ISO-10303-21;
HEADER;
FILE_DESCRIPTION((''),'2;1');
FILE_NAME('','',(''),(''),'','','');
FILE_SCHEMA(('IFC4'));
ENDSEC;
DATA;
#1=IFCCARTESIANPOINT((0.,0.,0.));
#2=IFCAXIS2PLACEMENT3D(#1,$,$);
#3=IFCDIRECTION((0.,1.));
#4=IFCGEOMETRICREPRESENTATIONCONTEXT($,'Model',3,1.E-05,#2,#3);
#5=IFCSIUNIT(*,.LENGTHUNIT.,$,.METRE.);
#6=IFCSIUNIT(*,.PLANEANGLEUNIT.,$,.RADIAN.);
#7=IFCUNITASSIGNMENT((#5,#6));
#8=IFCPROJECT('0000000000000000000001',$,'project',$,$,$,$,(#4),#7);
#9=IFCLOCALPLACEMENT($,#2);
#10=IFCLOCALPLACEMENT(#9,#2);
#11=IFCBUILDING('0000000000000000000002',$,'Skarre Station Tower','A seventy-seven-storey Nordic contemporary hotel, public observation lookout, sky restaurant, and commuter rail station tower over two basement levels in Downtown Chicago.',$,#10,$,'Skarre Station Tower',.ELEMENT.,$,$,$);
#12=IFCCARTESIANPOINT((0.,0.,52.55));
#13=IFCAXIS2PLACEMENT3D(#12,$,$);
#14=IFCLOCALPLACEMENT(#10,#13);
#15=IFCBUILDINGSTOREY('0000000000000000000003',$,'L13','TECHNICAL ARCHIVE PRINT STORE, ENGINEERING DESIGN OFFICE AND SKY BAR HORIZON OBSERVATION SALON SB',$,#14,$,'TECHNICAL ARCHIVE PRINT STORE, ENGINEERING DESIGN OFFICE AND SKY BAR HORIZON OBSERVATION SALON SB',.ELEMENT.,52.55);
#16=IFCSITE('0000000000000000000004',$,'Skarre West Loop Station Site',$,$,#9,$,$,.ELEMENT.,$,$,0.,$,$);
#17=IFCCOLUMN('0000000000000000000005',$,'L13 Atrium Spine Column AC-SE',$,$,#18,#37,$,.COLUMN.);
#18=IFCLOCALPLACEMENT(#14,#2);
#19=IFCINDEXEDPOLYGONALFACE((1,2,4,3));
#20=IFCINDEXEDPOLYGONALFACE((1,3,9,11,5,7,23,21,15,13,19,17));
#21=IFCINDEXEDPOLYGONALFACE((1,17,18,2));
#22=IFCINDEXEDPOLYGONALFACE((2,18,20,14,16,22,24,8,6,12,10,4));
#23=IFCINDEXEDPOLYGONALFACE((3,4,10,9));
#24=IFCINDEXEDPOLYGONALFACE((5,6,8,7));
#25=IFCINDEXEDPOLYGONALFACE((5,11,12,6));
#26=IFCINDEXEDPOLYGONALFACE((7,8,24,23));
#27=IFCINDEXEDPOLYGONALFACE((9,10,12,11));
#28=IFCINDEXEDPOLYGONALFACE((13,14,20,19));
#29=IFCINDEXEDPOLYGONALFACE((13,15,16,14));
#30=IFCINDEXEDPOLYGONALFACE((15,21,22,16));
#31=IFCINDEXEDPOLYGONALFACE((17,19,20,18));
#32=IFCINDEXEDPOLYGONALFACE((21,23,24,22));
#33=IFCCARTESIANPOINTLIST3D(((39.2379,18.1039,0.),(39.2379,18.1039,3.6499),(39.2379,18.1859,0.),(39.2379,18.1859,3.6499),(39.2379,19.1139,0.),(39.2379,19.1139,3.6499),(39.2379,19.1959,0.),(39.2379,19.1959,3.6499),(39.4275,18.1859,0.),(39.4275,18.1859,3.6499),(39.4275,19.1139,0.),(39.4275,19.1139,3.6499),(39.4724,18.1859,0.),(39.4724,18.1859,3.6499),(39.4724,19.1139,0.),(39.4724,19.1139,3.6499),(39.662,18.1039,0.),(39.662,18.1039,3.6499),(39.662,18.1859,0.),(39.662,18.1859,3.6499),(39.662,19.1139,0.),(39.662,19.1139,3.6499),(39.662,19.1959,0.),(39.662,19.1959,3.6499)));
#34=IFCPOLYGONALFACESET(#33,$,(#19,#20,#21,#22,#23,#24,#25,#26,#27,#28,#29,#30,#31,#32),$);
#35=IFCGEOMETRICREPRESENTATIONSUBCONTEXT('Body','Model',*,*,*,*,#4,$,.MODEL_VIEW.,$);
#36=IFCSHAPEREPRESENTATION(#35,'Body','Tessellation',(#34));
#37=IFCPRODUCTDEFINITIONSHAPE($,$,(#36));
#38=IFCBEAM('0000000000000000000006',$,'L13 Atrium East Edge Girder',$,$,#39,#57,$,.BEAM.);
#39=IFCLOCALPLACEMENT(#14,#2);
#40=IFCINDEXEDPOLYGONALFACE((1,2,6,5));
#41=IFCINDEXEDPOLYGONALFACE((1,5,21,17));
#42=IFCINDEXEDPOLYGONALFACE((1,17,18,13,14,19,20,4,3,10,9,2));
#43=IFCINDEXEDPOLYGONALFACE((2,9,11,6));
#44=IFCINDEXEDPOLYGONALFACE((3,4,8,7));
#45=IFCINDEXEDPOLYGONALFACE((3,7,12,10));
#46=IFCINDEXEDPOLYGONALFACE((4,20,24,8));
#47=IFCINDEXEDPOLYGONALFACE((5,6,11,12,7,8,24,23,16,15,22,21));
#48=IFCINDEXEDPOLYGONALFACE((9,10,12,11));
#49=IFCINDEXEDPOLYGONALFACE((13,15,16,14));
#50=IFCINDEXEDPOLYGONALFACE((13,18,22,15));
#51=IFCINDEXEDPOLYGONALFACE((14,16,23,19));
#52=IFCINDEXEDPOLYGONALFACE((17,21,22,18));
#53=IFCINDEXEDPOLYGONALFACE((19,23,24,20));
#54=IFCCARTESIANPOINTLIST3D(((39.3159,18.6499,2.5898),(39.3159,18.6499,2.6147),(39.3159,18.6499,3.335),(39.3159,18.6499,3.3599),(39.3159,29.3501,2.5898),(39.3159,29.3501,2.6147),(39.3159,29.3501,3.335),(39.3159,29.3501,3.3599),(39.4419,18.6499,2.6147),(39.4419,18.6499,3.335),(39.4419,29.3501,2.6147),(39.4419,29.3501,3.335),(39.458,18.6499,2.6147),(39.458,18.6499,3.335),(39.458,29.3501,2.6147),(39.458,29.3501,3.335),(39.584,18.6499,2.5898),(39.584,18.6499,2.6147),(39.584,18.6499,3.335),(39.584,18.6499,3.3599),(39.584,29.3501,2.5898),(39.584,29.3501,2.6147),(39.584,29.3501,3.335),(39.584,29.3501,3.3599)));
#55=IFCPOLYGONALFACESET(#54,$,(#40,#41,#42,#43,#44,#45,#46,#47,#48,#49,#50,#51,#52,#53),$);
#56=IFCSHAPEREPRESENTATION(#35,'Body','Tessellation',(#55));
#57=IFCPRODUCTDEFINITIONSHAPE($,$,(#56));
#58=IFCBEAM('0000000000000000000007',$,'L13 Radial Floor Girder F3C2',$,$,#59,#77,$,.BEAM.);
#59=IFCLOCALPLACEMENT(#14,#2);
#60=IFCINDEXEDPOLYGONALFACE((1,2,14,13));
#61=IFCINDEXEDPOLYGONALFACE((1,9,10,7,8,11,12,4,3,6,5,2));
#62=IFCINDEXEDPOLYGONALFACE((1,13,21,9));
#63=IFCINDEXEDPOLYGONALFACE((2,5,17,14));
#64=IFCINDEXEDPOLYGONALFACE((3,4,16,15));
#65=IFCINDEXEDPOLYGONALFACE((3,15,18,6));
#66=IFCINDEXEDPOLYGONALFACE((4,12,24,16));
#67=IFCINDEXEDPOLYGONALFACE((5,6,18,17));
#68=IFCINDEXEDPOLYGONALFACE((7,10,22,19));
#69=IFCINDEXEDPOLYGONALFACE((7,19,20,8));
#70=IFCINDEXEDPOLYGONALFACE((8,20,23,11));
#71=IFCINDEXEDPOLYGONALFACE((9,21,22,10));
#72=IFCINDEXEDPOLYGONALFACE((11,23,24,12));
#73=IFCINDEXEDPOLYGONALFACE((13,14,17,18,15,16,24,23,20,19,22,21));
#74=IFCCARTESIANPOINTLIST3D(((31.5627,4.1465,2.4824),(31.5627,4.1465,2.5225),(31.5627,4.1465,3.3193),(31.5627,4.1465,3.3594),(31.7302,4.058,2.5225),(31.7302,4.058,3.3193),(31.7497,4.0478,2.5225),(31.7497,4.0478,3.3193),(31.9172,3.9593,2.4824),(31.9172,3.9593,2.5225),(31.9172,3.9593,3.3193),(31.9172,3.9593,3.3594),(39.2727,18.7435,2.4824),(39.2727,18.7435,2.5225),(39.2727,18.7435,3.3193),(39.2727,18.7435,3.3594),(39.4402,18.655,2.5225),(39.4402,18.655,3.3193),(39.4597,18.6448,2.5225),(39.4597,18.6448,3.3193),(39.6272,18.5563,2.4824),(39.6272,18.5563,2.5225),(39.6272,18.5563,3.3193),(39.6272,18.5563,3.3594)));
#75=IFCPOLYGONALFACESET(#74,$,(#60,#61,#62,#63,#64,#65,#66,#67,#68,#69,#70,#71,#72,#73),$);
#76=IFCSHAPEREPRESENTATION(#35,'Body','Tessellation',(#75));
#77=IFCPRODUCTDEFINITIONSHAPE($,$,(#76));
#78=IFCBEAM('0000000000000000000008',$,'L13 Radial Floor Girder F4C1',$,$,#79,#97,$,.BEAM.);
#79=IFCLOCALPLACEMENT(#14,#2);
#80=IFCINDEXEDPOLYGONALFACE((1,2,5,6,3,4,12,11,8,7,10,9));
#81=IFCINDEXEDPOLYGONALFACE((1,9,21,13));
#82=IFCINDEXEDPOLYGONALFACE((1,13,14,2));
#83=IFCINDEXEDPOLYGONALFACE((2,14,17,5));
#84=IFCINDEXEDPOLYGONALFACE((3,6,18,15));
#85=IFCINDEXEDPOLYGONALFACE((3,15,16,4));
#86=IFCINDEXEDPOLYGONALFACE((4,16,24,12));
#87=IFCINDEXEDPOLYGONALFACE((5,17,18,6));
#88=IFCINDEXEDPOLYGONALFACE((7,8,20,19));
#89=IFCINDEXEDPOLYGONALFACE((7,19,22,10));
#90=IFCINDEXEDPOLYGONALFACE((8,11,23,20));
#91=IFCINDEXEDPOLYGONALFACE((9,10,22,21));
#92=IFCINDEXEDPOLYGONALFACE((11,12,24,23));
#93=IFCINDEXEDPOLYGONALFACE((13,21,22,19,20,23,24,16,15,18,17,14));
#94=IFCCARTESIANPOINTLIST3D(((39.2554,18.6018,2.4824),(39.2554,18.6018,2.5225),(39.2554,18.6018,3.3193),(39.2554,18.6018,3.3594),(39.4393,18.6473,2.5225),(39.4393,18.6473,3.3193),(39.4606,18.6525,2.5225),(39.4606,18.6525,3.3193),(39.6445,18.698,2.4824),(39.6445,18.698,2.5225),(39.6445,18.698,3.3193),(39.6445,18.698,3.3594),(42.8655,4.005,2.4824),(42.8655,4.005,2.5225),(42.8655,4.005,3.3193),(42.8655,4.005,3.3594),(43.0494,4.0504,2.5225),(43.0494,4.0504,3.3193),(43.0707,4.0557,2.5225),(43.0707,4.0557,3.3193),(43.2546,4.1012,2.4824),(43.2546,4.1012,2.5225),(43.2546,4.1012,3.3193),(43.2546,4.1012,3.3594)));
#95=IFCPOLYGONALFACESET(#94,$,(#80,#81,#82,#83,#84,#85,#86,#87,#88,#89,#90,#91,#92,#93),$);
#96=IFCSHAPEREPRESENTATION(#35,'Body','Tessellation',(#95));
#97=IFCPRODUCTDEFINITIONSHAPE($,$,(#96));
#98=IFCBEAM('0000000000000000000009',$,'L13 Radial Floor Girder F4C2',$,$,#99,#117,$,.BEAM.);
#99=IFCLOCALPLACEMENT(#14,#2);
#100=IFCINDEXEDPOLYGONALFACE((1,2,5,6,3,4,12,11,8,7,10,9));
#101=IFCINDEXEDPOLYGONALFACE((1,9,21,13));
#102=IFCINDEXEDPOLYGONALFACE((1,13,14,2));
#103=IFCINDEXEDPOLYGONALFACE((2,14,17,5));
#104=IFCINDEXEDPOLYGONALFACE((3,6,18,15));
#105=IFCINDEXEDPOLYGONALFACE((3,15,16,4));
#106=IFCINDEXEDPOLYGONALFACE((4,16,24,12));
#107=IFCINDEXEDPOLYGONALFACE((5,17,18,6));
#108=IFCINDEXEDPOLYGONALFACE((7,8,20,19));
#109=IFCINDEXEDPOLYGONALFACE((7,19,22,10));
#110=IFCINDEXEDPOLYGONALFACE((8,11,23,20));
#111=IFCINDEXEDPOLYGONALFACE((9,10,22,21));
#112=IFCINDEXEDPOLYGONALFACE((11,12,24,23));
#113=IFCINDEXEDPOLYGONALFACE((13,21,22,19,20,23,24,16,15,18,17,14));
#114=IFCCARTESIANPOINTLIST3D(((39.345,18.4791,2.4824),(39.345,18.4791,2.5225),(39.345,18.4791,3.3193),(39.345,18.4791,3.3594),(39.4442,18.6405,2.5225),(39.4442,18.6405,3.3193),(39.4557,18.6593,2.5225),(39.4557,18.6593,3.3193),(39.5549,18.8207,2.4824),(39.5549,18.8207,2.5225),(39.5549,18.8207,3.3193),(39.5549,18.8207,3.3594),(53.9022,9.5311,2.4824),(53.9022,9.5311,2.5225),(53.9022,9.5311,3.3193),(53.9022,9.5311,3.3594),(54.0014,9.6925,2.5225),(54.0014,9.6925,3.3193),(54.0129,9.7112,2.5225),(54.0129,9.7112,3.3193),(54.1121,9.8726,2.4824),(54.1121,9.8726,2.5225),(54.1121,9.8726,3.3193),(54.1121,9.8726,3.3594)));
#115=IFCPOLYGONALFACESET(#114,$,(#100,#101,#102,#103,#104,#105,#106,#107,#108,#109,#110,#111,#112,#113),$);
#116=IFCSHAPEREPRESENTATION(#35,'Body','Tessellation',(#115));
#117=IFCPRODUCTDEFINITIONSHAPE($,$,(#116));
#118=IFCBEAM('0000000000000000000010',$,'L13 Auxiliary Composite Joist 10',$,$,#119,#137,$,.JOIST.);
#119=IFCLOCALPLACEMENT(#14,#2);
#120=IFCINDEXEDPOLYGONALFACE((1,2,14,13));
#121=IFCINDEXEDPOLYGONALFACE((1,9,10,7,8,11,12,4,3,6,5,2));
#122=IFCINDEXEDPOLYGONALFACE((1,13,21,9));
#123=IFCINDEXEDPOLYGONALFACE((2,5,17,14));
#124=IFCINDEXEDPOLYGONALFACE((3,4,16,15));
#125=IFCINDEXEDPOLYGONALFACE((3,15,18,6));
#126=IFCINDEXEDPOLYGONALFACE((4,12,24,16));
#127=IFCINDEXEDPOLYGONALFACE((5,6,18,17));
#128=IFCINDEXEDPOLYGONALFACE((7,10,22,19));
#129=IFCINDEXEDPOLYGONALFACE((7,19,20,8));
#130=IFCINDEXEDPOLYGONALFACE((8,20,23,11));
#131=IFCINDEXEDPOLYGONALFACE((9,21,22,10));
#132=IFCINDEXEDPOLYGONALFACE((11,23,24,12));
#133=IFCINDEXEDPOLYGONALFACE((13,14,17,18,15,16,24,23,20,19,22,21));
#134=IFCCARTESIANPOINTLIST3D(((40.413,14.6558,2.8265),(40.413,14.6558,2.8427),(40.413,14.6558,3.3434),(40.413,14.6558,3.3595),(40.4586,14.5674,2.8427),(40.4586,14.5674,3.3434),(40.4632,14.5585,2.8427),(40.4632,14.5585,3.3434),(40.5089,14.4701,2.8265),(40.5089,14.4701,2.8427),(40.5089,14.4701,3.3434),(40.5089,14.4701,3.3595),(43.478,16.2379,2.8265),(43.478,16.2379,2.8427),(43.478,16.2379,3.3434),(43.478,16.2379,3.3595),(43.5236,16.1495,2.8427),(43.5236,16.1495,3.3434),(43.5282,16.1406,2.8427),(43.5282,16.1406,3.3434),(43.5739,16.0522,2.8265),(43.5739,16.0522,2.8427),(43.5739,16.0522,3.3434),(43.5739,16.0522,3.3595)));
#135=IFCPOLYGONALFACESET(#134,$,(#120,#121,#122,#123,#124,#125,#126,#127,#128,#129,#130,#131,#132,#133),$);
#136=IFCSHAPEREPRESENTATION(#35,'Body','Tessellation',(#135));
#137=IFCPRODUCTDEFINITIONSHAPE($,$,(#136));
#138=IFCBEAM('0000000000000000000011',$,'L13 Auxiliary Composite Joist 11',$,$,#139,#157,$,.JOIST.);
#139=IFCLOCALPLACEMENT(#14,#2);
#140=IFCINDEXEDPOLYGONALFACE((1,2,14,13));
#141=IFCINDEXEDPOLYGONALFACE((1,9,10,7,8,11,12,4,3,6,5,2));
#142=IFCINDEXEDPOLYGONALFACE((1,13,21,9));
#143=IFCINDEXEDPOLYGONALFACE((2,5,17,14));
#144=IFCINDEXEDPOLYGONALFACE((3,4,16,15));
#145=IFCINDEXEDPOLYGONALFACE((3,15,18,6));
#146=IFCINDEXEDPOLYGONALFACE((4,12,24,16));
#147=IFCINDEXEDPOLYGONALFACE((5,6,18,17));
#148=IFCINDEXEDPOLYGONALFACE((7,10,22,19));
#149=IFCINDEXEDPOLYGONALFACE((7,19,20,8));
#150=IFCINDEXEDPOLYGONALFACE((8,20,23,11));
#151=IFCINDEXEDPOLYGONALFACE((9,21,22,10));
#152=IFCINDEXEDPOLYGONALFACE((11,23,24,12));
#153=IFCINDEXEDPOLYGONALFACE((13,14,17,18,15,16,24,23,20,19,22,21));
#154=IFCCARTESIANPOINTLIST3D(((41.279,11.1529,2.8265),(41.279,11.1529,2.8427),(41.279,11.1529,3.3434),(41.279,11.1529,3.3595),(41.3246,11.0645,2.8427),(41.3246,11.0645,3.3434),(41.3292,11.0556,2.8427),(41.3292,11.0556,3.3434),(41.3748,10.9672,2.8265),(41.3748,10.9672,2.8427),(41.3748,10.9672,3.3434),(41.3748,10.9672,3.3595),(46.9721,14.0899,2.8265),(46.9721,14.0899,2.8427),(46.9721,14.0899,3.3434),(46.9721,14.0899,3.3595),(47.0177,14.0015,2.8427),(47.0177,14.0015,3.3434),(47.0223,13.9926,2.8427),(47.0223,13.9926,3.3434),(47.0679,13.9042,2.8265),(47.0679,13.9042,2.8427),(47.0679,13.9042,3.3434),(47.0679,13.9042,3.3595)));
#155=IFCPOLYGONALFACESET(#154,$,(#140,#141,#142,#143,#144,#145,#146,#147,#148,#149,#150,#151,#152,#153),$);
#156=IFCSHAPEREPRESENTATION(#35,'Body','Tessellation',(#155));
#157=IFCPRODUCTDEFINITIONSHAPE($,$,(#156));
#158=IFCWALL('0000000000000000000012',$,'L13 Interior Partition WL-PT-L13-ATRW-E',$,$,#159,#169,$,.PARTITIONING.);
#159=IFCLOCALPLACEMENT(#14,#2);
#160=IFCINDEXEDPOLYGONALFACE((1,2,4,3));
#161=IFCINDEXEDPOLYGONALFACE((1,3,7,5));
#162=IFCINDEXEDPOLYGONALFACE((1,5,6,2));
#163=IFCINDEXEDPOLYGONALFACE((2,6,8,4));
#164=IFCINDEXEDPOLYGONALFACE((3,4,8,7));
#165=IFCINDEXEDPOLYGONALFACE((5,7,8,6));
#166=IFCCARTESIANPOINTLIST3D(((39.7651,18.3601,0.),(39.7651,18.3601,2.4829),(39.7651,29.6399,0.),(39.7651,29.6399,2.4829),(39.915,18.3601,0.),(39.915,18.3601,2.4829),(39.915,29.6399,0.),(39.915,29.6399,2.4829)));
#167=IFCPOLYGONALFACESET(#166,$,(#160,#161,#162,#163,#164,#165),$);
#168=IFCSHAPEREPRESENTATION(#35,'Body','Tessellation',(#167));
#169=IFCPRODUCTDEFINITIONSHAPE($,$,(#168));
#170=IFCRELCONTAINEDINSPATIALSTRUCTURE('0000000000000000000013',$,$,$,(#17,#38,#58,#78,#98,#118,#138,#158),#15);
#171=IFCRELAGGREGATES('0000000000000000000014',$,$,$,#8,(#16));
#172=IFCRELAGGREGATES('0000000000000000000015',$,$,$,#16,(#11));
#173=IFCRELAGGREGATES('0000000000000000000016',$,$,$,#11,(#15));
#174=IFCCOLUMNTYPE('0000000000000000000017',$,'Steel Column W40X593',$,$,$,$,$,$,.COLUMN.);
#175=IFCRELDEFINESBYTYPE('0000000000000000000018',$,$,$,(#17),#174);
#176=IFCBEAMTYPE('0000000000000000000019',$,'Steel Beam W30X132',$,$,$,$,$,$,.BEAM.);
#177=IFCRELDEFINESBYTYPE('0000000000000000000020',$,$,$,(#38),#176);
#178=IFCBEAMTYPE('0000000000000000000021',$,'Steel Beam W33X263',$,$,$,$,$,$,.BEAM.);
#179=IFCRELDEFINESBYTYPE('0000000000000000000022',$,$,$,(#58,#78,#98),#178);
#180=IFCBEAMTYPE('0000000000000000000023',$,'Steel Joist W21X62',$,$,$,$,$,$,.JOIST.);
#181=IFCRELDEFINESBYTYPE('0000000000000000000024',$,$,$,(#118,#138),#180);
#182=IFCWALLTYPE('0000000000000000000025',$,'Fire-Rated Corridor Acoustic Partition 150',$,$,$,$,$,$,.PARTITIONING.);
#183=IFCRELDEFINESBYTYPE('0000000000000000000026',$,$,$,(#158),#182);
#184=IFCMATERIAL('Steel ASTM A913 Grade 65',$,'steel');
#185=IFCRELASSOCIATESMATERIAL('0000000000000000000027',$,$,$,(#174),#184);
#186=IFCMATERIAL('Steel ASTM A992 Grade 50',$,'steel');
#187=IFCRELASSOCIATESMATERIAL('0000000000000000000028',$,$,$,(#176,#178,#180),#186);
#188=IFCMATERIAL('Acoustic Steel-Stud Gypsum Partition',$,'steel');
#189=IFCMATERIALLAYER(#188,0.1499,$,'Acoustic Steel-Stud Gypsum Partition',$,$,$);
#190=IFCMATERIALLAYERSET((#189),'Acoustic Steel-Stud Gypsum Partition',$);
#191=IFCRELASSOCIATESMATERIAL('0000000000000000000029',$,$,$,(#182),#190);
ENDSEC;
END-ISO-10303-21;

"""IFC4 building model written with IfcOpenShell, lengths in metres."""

from ifc_helpers import new_model, si_unit, direction, frame, frame_2d, origin, origin_2d, place, context, subcontext, project, spatial, rectangle, i_section, extrude, material, layer, layer_set, material_profile, profile_set, type_object, element, save


model = new_model("IFC4")

# Units and contexts
model_context = context("Model", 3, precision=1e-05, world=origin(), true_north=direction((0.0, 1.0)))
body_context = subcontext(model_context, "Body", "Model", "MODEL_VIEW")
ifc_project = project(units=[si_unit("LENGTHUNIT", "METRE"), si_unit("PLANEANGLEUNIT", "RADIAN")], contexts=[model_context])

# Site, building, storey
site_placement = place(None, origin())
site = spatial("IfcSite", under=ifc_project, at=site_placement, Name="Skarre West Loop Station Site", CompositionType="ELEMENT", RefElevation=0.0)
building_placement = place(site_placement, origin())
building = spatial("IfcBuilding", under=site, at=building_placement, Name="Skarre Station Tower", Description="A seventy-seven-storey Nordic contemporary hotel, public observation lookout, sky restaurant, and commuter rail station tower over two basement levels in Downtown Chicago.", LongName="Skarre Station Tower", CompositionType="ELEMENT")
storey_placement = place(building_placement, frame((0.0, 0.0, 52.55)))
storey = spatial("IfcBuildingStorey", under=building, at=storey_placement, Name="L13", Description="TECHNICAL ARCHIVE PRINT STORE, ENGINEERING DESIGN OFFICE AND SKY BAR HORIZON OBSERVATION SALON SB", LongName="TECHNICAL ARCHIVE PRINT STORE, ENGINEERING DESIGN OFFICE AND SKY BAR HORIZON OBSERVATION SALON SB", CompositionType="ELEMENT", Elevation=52.55)

# Column
ifc_material_1 = material(Name="Steel ASTM A913 Grade 65", Category="steel")
ifc_material_profile_1 = material_profile(ifc_material_1, i_section(OverallWidth=0.4241, OverallDepth=1.092, WebThickness=0.0449, FlangeThickness=0.082, at=origin_2d()), Name="Steel ASTM A913 Grade 65")
ifc_profile_set_1 = profile_set([ifc_material_profile_1], Name="Steel ASTM A913 Grade 65")
column_type = type_object("IfcColumnType", Name="Steel Column W40X593", PredefinedType="COLUMN", material=ifc_profile_set_1)
column_placement = place(storey_placement, frame((39.45, 18.6499, 0.0), z_axis=(0.0, 0.0, 1.0), x_axis=(1.0, 0.0, 0.0)))
element("IfcColumn", 1, at=column_placement, inside=storey, type_object=column_type, Name="L13 Atrium Spine Column AC-SE", PredefinedType="COLUMN", context=body_context, shape_type="SweptSolid", body=[
    extrude(i_section(OverallWidth=0.4241, OverallDepth=1.092, WebThickness=0.0449, FlangeThickness=0.082, at=origin_2d()), origin(), (0.0, 0.0, 1.0), 3.6499),
])

# Beams
ifc_material_2 = material(Name="Steel ASTM A992 Grade 50", Category="steel")
ifc_material_profile_2 = material_profile(ifc_material_2, i_section(OverallWidth=0.2681, OverallDepth=0.77, WebThickness=0.0161, FlangeThickness=0.0249, at=origin_2d()), Name="Steel ASTM A992 Grade 50")
ifc_profile_set_2 = profile_set([ifc_material_profile_2], Name="Steel ASTM A992 Grade 50")
beam_type_1 = type_object("IfcBeamType", Name="Steel Beam W30X132", PredefinedType="BEAM", material=ifc_profile_set_2)
beam_1_placement = place(storey_placement, frame((39.45, 18.6499, 2.9749), z_axis=(0.0, 1.0, 0.0), x_axis=(-1.0, 0.0, 0.0)))
element("IfcBeam", 2, at=beam_1_placement, inside=storey, type_object=beam_type_1, Name="L13 Atrium East Edge Girder", PredefinedType="BEAM", context=body_context, shape_type="SweptSolid", body=[
    extrude(i_section(OverallWidth=0.2681, OverallDepth=0.77, WebThickness=0.0161, FlangeThickness=0.0249, at=origin_2d()), origin(), (0.0, 0.0, 1.0), 10.7002),
])
ifc_material_profile_3 = material_profile(ifc_material_2, i_section(OverallWidth=0.4009, OverallDepth=0.877, WebThickness=0.022, FlangeThickness=0.04, at=origin_2d()), Name="Steel ASTM A992 Grade 50")
ifc_profile_set_3 = profile_set([ifc_material_profile_3], Name="Steel ASTM A992 Grade 50")
beam_type_2 = type_object("IfcBeamType", Name="Steel Beam W33X263", PredefinedType="BEAM", material=ifc_profile_set_3)
beam_2_placement = place(storey_placement, frame((39.45, 18.6499, 2.9209), z_axis=(-0.467044, -0.884234, 0.0), x_axis=(0.884234, -0.467044, 0.0)))
element("IfcBeam", 3, at=beam_2_placement, inside=storey, type_object=beam_type_2, Name="L13 Radial Floor Girder F3C2", PredefinedType="BEAM", context=body_context, shape_type="SweptSolid", body=[
    extrude(i_section(OverallWidth=0.4009, OverallDepth=0.877, WebThickness=0.022, FlangeThickness=0.04, at=origin_2d()), origin(), (0.0, 0.0, 1.0), 16.5081),
])
beam_3_placement = place(storey_placement, frame((39.45, 18.6499, 2.9209), z_axis=(0.240086, -0.970752, 0.0), x_axis=(0.970752, 0.240086, 0.0)))
element("IfcBeam", 4, at=beam_3_placement, inside=storey, type_object=beam_type_2, Name="L13 Radial Floor Girder F4C1", PredefinedType="BEAM", context=body_context, shape_type="SweptSolid", body=[
    extrude(i_section(OverallWidth=0.4009, OverallDepth=0.877, WebThickness=0.022, FlangeThickness=0.04, at=origin_2d()), origin(), (0.0, 0.0, 1.0), 15.0366),
])
beam_4_placement = place(storey_placement, frame((39.45, 18.6499, 2.9209), z_axis=(0.851926, -0.523663, 0.0), x_axis=(0.523663, 0.851926, 0.0)))
element("IfcBeam", 5, at=beam_4_placement, inside=storey, type_object=beam_type_2, Name="L13 Radial Floor Girder F4C2", PredefinedType="BEAM", context=body_context, shape_type="SweptSolid", body=[
    extrude(i_section(OverallWidth=0.4009, OverallDepth=0.877, WebThickness=0.022, FlangeThickness=0.04, at=origin_2d()), origin(), (0.0, 0.0, 1.0), 17.0874),
])
ifc_material_profile_4 = material_profile(ifc_material_2, i_section(OverallWidth=0.209, OverallDepth=0.533, WebThickness=0.01, FlangeThickness=0.0161, at=origin_2d()), Name="Steel ASTM A992 Grade 50")
ifc_profile_set_4 = profile_set([ifc_material_profile_4], Name="Steel ASTM A992 Grade 50")
beam_type_3 = type_object("IfcBeamType", Name="Steel Joist W21X62", PredefinedType="JOIST", material=ifc_profile_set_4)
beam_5_placement = place(storey_placement, frame((40.4609, 14.563, 3.093), z_axis=(0.888606, 0.458672, 0.0), x_axis=(-0.458672, 0.888606, 0.0)))
element("IfcBeam", 6, at=beam_5_placement, inside=storey, type_object=beam_type_3, Name="L13 Auxiliary Composite Joist 10", PredefinedType="JOIST", context=body_context, shape_type="SweptSolid", body=[
    extrude(i_section(OverallWidth=0.209, OverallDepth=0.533, WebThickness=0.01, FlangeThickness=0.0161, at=origin_2d()), origin(), (0.0, 0.0, 1.0), 3.4492),
])
beam_6_placement = place(storey_placement, frame((41.3269, 11.0601, 3.093), z_axis=(0.888708, 0.458474, 0.0), x_axis=(-0.458474, 0.888708, 0.0)))
element("IfcBeam", 7, at=beam_6_placement, inside=storey, type_object=beam_type_3, Name="L13 Auxiliary Composite Joist 11", PredefinedType="JOIST", context=body_context, shape_type="SweptSolid", body=[
    extrude(i_section(OverallWidth=0.209, OverallDepth=0.533, WebThickness=0.01, FlangeThickness=0.0161, at=origin_2d()), origin(), (0.0, 0.0, 1.0), 6.406),
])

# Wall
ifc_material_3 = material(Name="Acoustic Steel-Stud Gypsum Partition", Category="steel")
ifc_layer_1 = layer(ifc_material_3, 0.1499, Name="Acoustic Steel-Stud Gypsum Partition")
ifc_layer_set_1 = layer_set([ifc_layer_1], Name="Acoustic Steel-Stud Gypsum Partition")
wall_type_1 = type_object("IfcWallType", Name="Fire-Rated Corridor Acoustic Partition 150", PredefinedType="PARTITIONING", material=ifc_layer_set_1)
wall_1_placement = place(storey_placement, frame((39.8401, 18.3601, 0.0), z_axis=(0.0, 0.0, 1.0), x_axis=(0.0, 1.0, 0.0)))
element("IfcWall", 8, at=wall_1_placement, inside=storey, type_object=wall_type_1, Name="L13 Interior Partition WL-PT-L13-ATRW-E", PredefinedType="PARTITIONING", context=body_context, shape_type="SweptSolid", body=[
    extrude(rectangle(XDim=11.2798, YDim=0.1499, at=frame_2d((5.6399, 0.0))), origin(), (0.0, 0.0, 1.0), 2.4829),
])

save(model, "model.ifc")
